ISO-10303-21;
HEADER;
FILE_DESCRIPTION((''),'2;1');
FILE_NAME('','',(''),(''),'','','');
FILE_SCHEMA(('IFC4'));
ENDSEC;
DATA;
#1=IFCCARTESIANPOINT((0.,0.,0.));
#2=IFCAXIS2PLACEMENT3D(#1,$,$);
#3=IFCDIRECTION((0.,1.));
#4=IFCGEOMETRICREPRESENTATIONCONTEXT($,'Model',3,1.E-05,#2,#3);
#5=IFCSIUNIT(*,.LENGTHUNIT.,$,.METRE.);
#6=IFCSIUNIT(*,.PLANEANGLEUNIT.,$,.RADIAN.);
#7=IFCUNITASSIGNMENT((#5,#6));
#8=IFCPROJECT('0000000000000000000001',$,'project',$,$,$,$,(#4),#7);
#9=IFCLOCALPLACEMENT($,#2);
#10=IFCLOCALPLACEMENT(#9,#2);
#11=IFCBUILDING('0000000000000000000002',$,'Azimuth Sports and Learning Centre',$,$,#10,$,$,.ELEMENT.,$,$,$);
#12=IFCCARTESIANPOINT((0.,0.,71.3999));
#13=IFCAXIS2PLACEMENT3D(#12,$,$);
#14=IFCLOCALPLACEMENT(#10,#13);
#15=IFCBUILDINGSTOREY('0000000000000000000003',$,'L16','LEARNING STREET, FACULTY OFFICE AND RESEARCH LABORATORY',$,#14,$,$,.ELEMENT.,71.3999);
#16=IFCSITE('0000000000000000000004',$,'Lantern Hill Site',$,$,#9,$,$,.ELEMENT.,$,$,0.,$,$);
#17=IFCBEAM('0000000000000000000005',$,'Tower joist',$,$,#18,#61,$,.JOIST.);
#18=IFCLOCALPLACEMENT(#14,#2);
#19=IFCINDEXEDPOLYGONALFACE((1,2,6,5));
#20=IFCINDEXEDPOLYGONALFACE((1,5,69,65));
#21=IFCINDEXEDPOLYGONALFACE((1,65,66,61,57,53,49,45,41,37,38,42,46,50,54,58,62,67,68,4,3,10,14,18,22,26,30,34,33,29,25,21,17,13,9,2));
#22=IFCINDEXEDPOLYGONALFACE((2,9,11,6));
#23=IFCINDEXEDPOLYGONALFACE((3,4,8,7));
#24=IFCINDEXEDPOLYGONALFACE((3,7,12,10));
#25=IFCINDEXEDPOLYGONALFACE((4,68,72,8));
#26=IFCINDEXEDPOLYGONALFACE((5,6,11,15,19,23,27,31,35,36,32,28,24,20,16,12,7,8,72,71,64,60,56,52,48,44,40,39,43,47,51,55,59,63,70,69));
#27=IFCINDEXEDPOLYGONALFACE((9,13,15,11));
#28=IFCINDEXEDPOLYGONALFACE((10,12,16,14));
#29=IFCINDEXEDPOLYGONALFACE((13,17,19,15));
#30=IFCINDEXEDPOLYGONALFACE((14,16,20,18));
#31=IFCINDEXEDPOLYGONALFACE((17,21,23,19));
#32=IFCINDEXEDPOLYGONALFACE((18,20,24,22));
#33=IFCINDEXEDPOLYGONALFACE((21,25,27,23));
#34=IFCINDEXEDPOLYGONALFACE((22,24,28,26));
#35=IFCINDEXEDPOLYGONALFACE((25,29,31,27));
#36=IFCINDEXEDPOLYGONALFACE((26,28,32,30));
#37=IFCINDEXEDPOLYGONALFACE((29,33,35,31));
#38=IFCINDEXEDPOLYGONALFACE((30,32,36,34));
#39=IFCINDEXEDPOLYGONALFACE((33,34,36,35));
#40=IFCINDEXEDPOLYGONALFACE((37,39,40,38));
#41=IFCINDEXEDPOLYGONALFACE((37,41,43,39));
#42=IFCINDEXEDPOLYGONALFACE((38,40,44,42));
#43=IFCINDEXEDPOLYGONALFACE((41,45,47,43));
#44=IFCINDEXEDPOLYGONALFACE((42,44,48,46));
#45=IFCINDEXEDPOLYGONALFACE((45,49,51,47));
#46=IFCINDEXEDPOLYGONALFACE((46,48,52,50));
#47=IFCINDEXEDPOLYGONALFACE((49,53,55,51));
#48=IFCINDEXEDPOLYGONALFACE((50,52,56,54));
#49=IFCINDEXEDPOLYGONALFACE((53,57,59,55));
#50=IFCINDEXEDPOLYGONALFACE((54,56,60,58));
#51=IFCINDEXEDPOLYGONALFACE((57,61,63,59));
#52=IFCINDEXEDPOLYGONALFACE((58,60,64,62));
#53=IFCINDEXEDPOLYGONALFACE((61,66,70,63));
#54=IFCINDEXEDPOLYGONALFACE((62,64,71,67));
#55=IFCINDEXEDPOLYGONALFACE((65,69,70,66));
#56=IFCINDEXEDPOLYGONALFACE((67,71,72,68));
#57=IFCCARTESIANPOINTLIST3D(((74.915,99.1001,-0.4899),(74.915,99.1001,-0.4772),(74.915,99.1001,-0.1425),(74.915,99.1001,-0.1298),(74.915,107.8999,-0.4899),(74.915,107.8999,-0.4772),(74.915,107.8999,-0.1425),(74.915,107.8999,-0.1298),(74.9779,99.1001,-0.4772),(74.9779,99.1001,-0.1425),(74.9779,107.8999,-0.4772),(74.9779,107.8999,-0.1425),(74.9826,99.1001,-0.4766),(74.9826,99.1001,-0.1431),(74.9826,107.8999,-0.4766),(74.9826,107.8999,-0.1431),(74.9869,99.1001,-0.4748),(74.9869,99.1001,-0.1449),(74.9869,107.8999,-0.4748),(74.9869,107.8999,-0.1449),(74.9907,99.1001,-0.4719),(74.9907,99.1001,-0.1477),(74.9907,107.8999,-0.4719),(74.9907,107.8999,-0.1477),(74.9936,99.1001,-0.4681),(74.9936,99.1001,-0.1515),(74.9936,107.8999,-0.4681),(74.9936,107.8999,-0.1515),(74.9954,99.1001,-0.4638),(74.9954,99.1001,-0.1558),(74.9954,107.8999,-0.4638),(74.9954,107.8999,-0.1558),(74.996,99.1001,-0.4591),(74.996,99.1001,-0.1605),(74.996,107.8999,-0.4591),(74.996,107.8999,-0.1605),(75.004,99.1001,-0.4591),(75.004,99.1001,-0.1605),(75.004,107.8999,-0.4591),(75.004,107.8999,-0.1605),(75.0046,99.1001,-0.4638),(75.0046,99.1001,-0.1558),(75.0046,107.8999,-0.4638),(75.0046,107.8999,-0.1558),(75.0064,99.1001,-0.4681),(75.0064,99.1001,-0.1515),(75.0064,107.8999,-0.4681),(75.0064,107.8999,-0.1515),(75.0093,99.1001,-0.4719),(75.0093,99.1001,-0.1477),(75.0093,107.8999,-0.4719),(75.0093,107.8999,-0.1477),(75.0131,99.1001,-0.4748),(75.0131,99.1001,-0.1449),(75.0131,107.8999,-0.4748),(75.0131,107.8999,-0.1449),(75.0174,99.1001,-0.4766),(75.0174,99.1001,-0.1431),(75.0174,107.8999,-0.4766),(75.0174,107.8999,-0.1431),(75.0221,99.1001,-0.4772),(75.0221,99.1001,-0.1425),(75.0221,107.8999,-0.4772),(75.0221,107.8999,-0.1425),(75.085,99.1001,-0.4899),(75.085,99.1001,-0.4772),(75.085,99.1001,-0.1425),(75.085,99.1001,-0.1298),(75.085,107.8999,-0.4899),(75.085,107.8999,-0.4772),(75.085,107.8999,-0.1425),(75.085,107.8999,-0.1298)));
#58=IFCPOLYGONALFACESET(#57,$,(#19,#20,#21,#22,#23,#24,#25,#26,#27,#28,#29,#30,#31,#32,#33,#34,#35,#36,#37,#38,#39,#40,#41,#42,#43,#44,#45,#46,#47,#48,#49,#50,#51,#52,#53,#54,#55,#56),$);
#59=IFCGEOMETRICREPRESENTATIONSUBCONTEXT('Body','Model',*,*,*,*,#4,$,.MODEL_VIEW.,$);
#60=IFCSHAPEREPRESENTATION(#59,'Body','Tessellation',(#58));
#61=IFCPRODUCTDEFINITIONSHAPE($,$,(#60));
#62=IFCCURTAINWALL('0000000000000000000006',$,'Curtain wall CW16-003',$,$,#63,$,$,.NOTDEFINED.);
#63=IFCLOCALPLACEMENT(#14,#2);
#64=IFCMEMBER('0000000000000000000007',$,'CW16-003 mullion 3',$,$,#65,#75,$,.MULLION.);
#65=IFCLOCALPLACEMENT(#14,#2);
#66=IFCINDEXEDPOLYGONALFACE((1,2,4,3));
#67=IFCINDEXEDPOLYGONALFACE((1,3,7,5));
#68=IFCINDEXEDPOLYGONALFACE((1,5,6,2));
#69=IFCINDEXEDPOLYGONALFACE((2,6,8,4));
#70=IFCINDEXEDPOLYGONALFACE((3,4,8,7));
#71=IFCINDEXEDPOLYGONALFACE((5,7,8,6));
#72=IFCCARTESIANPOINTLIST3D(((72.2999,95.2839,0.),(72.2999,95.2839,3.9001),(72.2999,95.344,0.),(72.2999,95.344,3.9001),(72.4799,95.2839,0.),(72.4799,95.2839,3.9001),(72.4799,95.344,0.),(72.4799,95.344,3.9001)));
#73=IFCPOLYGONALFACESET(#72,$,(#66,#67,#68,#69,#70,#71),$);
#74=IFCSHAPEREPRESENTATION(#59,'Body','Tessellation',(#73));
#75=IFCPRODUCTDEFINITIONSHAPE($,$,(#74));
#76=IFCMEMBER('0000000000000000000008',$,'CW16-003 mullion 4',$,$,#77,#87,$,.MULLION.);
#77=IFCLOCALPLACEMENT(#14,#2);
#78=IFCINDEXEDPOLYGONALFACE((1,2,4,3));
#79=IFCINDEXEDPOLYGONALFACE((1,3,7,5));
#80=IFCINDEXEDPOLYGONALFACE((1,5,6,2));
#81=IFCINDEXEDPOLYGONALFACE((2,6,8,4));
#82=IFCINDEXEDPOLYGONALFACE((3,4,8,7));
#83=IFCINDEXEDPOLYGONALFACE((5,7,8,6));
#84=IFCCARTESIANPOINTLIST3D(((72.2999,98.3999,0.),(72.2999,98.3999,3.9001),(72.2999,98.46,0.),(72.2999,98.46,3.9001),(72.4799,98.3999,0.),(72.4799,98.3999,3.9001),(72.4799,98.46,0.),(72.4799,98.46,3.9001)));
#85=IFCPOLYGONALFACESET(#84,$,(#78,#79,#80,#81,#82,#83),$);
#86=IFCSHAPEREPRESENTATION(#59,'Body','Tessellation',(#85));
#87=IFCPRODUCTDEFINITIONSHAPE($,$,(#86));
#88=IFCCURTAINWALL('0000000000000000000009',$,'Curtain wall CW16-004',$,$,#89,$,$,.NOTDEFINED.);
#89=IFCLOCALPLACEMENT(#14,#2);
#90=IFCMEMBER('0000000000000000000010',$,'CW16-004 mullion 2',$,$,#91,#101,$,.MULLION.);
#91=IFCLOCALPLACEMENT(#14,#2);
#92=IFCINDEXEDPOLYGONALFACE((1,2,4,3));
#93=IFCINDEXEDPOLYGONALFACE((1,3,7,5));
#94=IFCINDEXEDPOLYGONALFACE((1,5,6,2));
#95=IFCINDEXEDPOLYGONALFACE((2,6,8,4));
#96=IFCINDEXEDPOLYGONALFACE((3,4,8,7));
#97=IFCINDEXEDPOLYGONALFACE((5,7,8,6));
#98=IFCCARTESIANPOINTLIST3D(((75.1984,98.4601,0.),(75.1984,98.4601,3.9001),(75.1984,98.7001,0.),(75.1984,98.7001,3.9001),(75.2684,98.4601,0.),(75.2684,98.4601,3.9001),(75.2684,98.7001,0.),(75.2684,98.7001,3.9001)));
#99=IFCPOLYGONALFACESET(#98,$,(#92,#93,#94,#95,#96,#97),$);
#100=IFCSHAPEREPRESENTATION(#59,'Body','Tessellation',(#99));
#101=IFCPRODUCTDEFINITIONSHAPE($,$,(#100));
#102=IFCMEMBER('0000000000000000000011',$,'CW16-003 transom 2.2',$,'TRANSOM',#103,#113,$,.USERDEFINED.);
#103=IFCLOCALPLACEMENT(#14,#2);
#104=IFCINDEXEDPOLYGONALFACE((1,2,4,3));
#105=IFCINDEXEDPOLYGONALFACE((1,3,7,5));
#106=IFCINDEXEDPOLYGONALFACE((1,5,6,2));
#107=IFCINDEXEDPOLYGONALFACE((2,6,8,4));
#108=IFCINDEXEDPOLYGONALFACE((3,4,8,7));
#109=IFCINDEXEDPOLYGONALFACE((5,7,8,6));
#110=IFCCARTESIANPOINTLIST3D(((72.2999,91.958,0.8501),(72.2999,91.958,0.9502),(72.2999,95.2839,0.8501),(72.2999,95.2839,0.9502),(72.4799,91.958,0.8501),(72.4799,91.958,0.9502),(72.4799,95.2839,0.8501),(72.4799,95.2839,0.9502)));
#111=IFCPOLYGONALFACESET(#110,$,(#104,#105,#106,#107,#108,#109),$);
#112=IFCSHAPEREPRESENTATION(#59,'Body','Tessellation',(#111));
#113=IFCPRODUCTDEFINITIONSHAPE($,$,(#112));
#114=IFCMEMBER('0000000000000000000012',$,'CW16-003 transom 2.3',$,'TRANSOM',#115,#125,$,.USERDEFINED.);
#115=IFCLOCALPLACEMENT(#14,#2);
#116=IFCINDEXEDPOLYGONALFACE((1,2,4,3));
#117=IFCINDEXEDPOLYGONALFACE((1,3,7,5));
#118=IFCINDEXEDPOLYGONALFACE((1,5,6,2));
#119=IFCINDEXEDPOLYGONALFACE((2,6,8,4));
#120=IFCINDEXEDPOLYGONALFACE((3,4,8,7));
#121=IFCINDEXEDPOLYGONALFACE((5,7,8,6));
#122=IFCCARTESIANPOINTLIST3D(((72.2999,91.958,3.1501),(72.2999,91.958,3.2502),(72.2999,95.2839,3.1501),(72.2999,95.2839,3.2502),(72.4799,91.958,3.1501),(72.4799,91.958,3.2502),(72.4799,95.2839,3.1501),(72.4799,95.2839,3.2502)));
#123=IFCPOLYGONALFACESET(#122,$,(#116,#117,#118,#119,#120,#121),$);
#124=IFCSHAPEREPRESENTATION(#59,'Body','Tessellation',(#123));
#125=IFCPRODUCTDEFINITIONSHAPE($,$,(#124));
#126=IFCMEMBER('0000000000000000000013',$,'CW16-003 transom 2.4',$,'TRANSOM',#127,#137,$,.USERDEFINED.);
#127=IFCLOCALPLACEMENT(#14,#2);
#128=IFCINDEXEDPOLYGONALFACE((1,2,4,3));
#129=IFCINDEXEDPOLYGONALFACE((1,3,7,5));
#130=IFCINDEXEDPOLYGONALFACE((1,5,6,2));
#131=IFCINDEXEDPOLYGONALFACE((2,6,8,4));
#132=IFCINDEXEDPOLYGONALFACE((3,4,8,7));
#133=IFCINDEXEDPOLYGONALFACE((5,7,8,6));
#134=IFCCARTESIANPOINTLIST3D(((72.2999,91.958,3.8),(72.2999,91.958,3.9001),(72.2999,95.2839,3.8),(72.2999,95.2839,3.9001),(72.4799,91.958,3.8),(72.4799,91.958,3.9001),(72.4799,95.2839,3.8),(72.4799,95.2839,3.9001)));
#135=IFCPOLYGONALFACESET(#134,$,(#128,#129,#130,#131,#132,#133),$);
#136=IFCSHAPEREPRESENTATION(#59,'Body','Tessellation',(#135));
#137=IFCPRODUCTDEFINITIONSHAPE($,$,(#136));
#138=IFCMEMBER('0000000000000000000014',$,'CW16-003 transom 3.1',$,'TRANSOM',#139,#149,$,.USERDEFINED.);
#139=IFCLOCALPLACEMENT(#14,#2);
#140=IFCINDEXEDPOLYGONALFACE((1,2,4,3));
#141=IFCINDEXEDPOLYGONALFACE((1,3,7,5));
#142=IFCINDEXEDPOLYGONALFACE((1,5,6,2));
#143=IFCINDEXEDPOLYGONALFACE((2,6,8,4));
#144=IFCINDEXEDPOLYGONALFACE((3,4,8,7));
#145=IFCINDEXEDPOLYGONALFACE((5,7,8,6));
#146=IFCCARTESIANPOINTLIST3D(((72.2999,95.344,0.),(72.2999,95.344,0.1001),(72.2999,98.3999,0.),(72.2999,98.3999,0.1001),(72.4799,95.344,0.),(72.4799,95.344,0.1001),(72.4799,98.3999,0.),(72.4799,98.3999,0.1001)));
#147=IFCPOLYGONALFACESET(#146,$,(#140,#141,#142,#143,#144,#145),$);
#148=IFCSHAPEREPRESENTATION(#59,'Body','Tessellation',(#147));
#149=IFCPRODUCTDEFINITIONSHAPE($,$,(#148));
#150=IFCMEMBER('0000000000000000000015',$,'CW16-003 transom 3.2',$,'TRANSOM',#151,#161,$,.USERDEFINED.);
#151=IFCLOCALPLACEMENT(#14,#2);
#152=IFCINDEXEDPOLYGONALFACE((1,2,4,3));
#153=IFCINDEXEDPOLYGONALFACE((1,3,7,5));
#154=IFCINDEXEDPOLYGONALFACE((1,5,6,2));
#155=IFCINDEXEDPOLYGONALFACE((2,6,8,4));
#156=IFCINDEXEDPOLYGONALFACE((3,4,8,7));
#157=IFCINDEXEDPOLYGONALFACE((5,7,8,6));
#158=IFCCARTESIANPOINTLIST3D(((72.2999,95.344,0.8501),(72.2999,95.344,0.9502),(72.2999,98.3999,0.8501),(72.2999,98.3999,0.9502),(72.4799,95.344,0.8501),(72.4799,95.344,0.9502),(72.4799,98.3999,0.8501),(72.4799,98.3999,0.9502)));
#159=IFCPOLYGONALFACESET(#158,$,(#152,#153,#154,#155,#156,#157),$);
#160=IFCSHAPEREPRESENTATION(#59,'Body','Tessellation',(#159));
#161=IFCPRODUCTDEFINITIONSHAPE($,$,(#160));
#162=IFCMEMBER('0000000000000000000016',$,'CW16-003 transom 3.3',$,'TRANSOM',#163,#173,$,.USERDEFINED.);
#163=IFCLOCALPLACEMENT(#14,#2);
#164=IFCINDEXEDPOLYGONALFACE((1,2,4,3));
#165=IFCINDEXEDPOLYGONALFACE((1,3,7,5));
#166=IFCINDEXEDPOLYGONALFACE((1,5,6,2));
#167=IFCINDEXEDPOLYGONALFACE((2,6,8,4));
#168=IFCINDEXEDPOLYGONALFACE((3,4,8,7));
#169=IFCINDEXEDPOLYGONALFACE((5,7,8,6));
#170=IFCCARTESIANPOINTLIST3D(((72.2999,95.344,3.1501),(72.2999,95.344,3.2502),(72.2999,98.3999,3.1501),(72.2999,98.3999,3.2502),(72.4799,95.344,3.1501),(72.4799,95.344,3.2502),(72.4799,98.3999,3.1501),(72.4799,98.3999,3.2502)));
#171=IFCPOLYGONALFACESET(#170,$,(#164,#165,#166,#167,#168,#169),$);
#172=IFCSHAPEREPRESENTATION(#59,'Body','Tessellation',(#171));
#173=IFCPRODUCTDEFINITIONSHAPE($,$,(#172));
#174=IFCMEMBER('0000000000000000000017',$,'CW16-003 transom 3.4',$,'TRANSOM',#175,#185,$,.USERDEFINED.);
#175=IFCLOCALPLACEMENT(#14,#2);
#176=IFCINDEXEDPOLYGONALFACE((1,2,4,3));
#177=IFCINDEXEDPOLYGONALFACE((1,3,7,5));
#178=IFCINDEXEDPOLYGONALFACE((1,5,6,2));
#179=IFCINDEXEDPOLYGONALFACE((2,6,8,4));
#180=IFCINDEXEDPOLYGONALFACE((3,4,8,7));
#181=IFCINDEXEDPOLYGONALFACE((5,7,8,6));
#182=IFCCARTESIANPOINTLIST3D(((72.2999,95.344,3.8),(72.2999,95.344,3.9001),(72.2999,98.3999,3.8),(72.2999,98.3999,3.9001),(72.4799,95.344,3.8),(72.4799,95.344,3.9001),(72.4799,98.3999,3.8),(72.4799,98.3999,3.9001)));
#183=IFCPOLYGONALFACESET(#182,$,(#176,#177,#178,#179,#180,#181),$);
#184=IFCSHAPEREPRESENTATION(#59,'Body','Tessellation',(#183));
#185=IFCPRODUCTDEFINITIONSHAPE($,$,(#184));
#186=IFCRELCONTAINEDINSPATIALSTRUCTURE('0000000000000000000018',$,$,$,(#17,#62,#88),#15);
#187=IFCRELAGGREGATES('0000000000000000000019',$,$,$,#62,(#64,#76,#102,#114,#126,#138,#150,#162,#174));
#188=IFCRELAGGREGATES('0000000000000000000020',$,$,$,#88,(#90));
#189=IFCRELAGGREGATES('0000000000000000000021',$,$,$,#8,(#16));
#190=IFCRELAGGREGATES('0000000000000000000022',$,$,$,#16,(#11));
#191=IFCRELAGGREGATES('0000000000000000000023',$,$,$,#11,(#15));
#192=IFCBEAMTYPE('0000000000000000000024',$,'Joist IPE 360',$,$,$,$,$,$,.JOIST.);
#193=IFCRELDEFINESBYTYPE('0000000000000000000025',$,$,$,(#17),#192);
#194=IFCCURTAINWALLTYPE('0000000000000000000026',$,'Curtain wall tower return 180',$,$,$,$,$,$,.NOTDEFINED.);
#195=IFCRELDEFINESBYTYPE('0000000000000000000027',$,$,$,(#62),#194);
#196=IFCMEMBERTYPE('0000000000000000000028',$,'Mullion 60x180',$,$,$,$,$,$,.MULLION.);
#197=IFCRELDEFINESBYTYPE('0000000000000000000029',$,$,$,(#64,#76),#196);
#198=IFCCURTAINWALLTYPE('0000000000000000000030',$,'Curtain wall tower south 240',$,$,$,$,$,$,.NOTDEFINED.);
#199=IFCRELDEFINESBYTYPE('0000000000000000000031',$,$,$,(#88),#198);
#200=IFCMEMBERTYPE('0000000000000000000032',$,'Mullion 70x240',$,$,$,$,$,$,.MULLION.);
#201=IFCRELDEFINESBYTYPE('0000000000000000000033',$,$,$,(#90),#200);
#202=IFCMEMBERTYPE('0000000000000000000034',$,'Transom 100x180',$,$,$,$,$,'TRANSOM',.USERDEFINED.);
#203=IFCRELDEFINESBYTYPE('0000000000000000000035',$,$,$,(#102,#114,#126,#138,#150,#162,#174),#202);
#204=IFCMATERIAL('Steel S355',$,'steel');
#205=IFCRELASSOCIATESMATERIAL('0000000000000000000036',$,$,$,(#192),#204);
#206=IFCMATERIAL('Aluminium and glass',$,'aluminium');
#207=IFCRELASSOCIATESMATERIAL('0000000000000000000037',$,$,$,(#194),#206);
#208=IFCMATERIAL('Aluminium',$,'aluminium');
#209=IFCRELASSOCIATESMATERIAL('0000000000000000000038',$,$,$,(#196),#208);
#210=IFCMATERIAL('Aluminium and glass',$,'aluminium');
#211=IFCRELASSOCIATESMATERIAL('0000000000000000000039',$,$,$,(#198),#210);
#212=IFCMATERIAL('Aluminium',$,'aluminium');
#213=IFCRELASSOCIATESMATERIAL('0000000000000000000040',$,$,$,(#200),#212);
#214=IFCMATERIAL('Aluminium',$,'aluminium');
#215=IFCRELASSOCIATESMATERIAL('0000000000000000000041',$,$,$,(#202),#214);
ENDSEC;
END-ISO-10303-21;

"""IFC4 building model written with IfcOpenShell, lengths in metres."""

from ifc_helpers import new_model, si_unit, direction, frame, origin, origin_2d, place, context, subcontext, project, spatial, rectangle, i_section, extrude, material, material_profile, profile_set, type_object, element, aggregate, save


model = new_model("IFC4")

# Units and contexts
model_context = context("Model", 3, precision=1e-05, world=origin(), true_north=direction((0.0, 1.0)))
body_context = subcontext(model_context, "Body", "Model", "MODEL_VIEW")
ifc_project = project(units=[si_unit("LENGTHUNIT", "METRE"), si_unit("PLANEANGLEUNIT", "RADIAN")], contexts=[model_context])

# Site, building, storey
site_placement = place(None, origin())
site = spatial("IfcSite", under=ifc_project, at=site_placement, Name="Lantern Hill Site", CompositionType="ELEMENT", RefElevation=0.0)
building_placement = place(site_placement, origin())
building = spatial("IfcBuilding", under=site, at=building_placement, Name="Azimuth Sports and Learning Centre", CompositionType="ELEMENT")
storey_placement = place(building_placement, frame((0.0, 0.0, 71.3999)))
storey = spatial("IfcBuildingStorey", under=building, at=storey_placement, Name="L16", Description="LEARNING STREET, FACULTY OFFICE AND RESEARCH LABORATORY", CompositionType="ELEMENT", Elevation=71.3999)

# Beam
ifc_material_1 = material(Name="Steel S355", Category="steel")
ifc_material_profile_1 = material_profile(ifc_material_1, i_section(OverallWidth=0.1699, OverallDepth=0.3601, WebThickness=0.0081, FlangeThickness=0.0127, FilletRadius=0.0181, at=origin_2d()), Name="IPE 360")
ifc_profile_set_1 = profile_set([ifc_material_profile_1], Name="Steel S355")
beam_type = type_object("IfcBeamType", Name="Joist IPE 360", PredefinedType="JOIST", material=ifc_profile_set_1)
beam_placement = place(storey_placement, frame((75.0, 99.1001, -0.3098), z_axis=(0.0, 1.0, 0.0), x_axis=(-1.0, 0.0, 0.0)))
element("IfcBeam", 1, at=beam_placement, inside=storey, type_object=beam_type, Name="Tower joist", PredefinedType="JOIST", context=body_context, shape_type="SweptSolid", body=[
    extrude(i_section(OverallWidth=0.1699, OverallDepth=0.3601, WebThickness=0.0081, FlangeThickness=0.0127, FilletRadius=0.0181, at=origin_2d()), origin(), (0.0, 0.0, 1.0), 8.7998),
])

# Curtain wall, members
ifc_material_2 = material(Name="Aluminium and glass", Category="aluminium")
curtain_wall_type_1 = type_object("IfcCurtainWallType", Name="Curtain wall tower return 180", PredefinedType="NOTDEFINED", material=ifc_material_2)
curtain_wall_1_placement = place(storey_placement, origin())
curtain_wall_1 = element("IfcCurtainWall", 2, at=curtain_wall_1_placement, inside=storey, type_object=curtain_wall_type_1, Name="Curtain wall CW16-003", PredefinedType="NOTDEFINED")
ifc_material_3 = material(Name="Aluminium", Category="aluminium")
ifc_material_profile_2 = material_profile(ifc_material_3, rectangle(XDim=0.1799, YDim=0.0601, at=origin_2d()), Name="Mullion 60x180")
ifc_profile_set_2 = profile_set([ifc_material_profile_2], Name="Aluminium")
member_type_1 = type_object("IfcMemberType", Name="Mullion 60x180", PredefinedType="MULLION", material=ifc_profile_set_2)
member_1_placement = place(storey_placement, frame((72.3899, 95.314, 0.0), z_axis=(0.0, 0.0, 1.0), x_axis=(-1.0, 0.0, 0.0)))
member_1 = element("IfcMember", 3, at=member_1_placement, type_object=member_type_1, Name="CW16-003 mullion 3", PredefinedType="MULLION", context=body_context, shape_type="SweptSolid", body=[
    extrude(rectangle(XDim=0.1799, YDim=0.0601, at=origin_2d()), origin(), (0.0, 0.0, 1.0), 3.9001),
])
member_2_placement = place(storey_placement, frame((72.3899, 98.4299, 0.0), z_axis=(0.0, 0.0, 1.0), x_axis=(-1.0, 0.0, 0.0)))
member_2 = element("IfcMember", 4, at=member_2_placement, type_object=member_type_1, Name="CW16-003 mullion 4", PredefinedType="MULLION", context=body_context, shape_type="SweptSolid", body=[
    extrude(rectangle(XDim=0.1799, YDim=0.0601, at=origin_2d()), origin(), (0.0, 0.0, 1.0), 3.9001),
])

# Curtain wall, member
ifc_material_4 = material(Name="Aluminium and glass", Category="aluminium")
curtain_wall_type_2 = type_object("IfcCurtainWallType", Name="Curtain wall tower south 240", PredefinedType="NOTDEFINED", material=ifc_material_4)
curtain_wall_2_placement = place(storey_placement, origin())
curtain_wall_2 = element("IfcCurtainWall", 5, at=curtain_wall_2_placement, inside=storey, type_object=curtain_wall_type_2, Name="Curtain wall CW16-004", PredefinedType="NOTDEFINED")
ifc_material_5 = material(Name="Aluminium", Category="aluminium")
ifc_material_profile_3 = material_profile(ifc_material_5, rectangle(XDim=0.24, YDim=0.0701, at=origin_2d()), Name="Mullion 70x240")
ifc_profile_set_3 = profile_set([ifc_material_profile_3], Name="Aluminium")
member_type_2 = type_object("IfcMemberType", Name="Mullion 70x240", PredefinedType="MULLION", material=ifc_profile_set_3)
member_3_placement = place(storey_placement, frame((75.2334, 98.5801, 0.0), z_axis=(0.0, 0.0, 1.0), x_axis=(0.0, 1.0, 0.0)))
member_3 = element("IfcMember", 6, at=member_3_placement, type_object=member_type_2, Name="CW16-004 mullion 2", PredefinedType="MULLION", context=body_context, shape_type="SweptSolid", body=[
    extrude(rectangle(XDim=0.24, YDim=0.0701, at=origin_2d()), origin(), (0.0, 0.0, 1.0), 3.9001),
])

# Members
ifc_material_6 = material(Name="Aluminium", Category="aluminium")
ifc_material_profile_4 = material_profile(ifc_material_6, rectangle(XDim=0.1799, YDim=0.1001, at=origin_2d()), Name="Transom 100x180")
ifc_profile_set_4 = profile_set([ifc_material_profile_4], Name="Aluminium")
member_type_3 = type_object("IfcMemberType", Name="Transom 100x180", ElementType="TRANSOM", PredefinedType="USERDEFINED", material=ifc_profile_set_4)
member_4_placement = place(storey_placement, frame((72.3899, 91.958, 0.9001), z_axis=(0.0, 1.0, 0.0), x_axis=(-1.0, 0.0, 0.0)))
member_4 = element("IfcMember", 7, at=member_4_placement, type_object=member_type_3, Name="CW16-003 transom 2.2", ObjectType="TRANSOM", PredefinedType="USERDEFINED", context=body_context, shape_type="SweptSolid", body=[
    extrude(rectangle(XDim=0.1799, YDim=0.1001, at=origin_2d()), origin(), (0.0, 0.0, 1.0), 3.3259),
])
member_5_placement = place(storey_placement, frame((72.3899, 91.958, 3.2002), z_axis=(0.0, 1.0, 0.0), x_axis=(-1.0, 0.0, 0.0)))
member_5 = element("IfcMember", 8, at=member_5_placement, type_object=member_type_3, Name="CW16-003 transom 2.3", ObjectType="TRANSOM", PredefinedType="USERDEFINED", context=body_context, shape_type="SweptSolid", body=[
    extrude(rectangle(XDim=0.1799, YDim=0.1001, at=origin_2d()), origin(), (0.0, 0.0, 1.0), 3.3259),
])
member_6_placement = place(storey_placement, frame((72.3899, 91.958, 3.8501), z_axis=(0.0, 1.0, 0.0), x_axis=(-1.0, 0.0, 0.0)))
member_6 = element("IfcMember", 9, at=member_6_placement, type_object=member_type_3, Name="CW16-003 transom 2.4", ObjectType="TRANSOM", PredefinedType="USERDEFINED", context=body_context, shape_type="SweptSolid", body=[
    extrude(rectangle(XDim=0.1799, YDim=0.1001, at=origin_2d()), origin(), (0.0, 0.0, 1.0), 3.3259),
])
member_7_placement = place(storey_placement, frame((72.3899, 95.344, 0.05), z_axis=(0.0, 1.0, 0.0), x_axis=(-1.0, 0.0, 0.0)))
member_7 = element("IfcMember", 10, at=member_7_placement, type_object=member_type_3, Name="CW16-003 transom 3.1", ObjectType="TRANSOM", PredefinedType="USERDEFINED", context=body_context, shape_type="SweptSolid", body=[
    extrude(rectangle(XDim=0.1799, YDim=0.1001, at=origin_2d()), origin(), (0.0, 0.0, 1.0), 3.0559),
])
member_8_placement = place(storey_placement, frame((72.3899, 95.344, 0.9001), z_axis=(0.0, 1.0, 0.0), x_axis=(-1.0, 0.0, 0.0)))
member_8 = element("IfcMember", 11, at=member_8_placement, type_object=member_type_3, Name="CW16-003 transom 3.2", ObjectType="TRANSOM", PredefinedType="USERDEFINED", context=body_context, shape_type="SweptSolid", body=[
    extrude(rectangle(XDim=0.1799, YDim=0.1001, at=origin_2d()), origin(), (0.0, 0.0, 1.0), 3.0559),
])
member_9_placement = place(storey_placement, frame((72.3899, 95.344, 3.2002), z_axis=(0.0, 1.0, 0.0), x_axis=(-1.0, 0.0, 0.0)))
member_9 = element("IfcMember", 12, at=member_9_placement, type_object=member_type_3, Name="CW16-003 transom 3.3", ObjectType="TRANSOM", PredefinedType="USERDEFINED", context=body_context, shape_type="SweptSolid", body=[
    extrude(rectangle(XDim=0.1799, YDim=0.1001, at=origin_2d()), origin(), (0.0, 0.0, 1.0), 3.0559),
])
member_10_placement = place(storey_placement, frame((72.3899, 95.344, 3.8501), z_axis=(0.0, 1.0, 0.0), x_axis=(-1.0, 0.0, 0.0)))
member_10 = element("IfcMember", 13, at=member_10_placement, type_object=member_type_3, Name="CW16-003 transom 3.4", ObjectType="TRANSOM", PredefinedType="USERDEFINED", context=body_context, shape_type="SweptSolid", body=[
    extrude(rectangle(XDim=0.1799, YDim=0.1001, at=origin_2d()), origin(), (0.0, 0.0, 1.0), 3.0559),
])

aggregate(curtain_wall_1, [member_1, member_2, member_4, member_5, member_6, member_7, member_8, member_9, member_10])
aggregate(curtain_wall_2, [member_3])

save(model, "model.ifc")
